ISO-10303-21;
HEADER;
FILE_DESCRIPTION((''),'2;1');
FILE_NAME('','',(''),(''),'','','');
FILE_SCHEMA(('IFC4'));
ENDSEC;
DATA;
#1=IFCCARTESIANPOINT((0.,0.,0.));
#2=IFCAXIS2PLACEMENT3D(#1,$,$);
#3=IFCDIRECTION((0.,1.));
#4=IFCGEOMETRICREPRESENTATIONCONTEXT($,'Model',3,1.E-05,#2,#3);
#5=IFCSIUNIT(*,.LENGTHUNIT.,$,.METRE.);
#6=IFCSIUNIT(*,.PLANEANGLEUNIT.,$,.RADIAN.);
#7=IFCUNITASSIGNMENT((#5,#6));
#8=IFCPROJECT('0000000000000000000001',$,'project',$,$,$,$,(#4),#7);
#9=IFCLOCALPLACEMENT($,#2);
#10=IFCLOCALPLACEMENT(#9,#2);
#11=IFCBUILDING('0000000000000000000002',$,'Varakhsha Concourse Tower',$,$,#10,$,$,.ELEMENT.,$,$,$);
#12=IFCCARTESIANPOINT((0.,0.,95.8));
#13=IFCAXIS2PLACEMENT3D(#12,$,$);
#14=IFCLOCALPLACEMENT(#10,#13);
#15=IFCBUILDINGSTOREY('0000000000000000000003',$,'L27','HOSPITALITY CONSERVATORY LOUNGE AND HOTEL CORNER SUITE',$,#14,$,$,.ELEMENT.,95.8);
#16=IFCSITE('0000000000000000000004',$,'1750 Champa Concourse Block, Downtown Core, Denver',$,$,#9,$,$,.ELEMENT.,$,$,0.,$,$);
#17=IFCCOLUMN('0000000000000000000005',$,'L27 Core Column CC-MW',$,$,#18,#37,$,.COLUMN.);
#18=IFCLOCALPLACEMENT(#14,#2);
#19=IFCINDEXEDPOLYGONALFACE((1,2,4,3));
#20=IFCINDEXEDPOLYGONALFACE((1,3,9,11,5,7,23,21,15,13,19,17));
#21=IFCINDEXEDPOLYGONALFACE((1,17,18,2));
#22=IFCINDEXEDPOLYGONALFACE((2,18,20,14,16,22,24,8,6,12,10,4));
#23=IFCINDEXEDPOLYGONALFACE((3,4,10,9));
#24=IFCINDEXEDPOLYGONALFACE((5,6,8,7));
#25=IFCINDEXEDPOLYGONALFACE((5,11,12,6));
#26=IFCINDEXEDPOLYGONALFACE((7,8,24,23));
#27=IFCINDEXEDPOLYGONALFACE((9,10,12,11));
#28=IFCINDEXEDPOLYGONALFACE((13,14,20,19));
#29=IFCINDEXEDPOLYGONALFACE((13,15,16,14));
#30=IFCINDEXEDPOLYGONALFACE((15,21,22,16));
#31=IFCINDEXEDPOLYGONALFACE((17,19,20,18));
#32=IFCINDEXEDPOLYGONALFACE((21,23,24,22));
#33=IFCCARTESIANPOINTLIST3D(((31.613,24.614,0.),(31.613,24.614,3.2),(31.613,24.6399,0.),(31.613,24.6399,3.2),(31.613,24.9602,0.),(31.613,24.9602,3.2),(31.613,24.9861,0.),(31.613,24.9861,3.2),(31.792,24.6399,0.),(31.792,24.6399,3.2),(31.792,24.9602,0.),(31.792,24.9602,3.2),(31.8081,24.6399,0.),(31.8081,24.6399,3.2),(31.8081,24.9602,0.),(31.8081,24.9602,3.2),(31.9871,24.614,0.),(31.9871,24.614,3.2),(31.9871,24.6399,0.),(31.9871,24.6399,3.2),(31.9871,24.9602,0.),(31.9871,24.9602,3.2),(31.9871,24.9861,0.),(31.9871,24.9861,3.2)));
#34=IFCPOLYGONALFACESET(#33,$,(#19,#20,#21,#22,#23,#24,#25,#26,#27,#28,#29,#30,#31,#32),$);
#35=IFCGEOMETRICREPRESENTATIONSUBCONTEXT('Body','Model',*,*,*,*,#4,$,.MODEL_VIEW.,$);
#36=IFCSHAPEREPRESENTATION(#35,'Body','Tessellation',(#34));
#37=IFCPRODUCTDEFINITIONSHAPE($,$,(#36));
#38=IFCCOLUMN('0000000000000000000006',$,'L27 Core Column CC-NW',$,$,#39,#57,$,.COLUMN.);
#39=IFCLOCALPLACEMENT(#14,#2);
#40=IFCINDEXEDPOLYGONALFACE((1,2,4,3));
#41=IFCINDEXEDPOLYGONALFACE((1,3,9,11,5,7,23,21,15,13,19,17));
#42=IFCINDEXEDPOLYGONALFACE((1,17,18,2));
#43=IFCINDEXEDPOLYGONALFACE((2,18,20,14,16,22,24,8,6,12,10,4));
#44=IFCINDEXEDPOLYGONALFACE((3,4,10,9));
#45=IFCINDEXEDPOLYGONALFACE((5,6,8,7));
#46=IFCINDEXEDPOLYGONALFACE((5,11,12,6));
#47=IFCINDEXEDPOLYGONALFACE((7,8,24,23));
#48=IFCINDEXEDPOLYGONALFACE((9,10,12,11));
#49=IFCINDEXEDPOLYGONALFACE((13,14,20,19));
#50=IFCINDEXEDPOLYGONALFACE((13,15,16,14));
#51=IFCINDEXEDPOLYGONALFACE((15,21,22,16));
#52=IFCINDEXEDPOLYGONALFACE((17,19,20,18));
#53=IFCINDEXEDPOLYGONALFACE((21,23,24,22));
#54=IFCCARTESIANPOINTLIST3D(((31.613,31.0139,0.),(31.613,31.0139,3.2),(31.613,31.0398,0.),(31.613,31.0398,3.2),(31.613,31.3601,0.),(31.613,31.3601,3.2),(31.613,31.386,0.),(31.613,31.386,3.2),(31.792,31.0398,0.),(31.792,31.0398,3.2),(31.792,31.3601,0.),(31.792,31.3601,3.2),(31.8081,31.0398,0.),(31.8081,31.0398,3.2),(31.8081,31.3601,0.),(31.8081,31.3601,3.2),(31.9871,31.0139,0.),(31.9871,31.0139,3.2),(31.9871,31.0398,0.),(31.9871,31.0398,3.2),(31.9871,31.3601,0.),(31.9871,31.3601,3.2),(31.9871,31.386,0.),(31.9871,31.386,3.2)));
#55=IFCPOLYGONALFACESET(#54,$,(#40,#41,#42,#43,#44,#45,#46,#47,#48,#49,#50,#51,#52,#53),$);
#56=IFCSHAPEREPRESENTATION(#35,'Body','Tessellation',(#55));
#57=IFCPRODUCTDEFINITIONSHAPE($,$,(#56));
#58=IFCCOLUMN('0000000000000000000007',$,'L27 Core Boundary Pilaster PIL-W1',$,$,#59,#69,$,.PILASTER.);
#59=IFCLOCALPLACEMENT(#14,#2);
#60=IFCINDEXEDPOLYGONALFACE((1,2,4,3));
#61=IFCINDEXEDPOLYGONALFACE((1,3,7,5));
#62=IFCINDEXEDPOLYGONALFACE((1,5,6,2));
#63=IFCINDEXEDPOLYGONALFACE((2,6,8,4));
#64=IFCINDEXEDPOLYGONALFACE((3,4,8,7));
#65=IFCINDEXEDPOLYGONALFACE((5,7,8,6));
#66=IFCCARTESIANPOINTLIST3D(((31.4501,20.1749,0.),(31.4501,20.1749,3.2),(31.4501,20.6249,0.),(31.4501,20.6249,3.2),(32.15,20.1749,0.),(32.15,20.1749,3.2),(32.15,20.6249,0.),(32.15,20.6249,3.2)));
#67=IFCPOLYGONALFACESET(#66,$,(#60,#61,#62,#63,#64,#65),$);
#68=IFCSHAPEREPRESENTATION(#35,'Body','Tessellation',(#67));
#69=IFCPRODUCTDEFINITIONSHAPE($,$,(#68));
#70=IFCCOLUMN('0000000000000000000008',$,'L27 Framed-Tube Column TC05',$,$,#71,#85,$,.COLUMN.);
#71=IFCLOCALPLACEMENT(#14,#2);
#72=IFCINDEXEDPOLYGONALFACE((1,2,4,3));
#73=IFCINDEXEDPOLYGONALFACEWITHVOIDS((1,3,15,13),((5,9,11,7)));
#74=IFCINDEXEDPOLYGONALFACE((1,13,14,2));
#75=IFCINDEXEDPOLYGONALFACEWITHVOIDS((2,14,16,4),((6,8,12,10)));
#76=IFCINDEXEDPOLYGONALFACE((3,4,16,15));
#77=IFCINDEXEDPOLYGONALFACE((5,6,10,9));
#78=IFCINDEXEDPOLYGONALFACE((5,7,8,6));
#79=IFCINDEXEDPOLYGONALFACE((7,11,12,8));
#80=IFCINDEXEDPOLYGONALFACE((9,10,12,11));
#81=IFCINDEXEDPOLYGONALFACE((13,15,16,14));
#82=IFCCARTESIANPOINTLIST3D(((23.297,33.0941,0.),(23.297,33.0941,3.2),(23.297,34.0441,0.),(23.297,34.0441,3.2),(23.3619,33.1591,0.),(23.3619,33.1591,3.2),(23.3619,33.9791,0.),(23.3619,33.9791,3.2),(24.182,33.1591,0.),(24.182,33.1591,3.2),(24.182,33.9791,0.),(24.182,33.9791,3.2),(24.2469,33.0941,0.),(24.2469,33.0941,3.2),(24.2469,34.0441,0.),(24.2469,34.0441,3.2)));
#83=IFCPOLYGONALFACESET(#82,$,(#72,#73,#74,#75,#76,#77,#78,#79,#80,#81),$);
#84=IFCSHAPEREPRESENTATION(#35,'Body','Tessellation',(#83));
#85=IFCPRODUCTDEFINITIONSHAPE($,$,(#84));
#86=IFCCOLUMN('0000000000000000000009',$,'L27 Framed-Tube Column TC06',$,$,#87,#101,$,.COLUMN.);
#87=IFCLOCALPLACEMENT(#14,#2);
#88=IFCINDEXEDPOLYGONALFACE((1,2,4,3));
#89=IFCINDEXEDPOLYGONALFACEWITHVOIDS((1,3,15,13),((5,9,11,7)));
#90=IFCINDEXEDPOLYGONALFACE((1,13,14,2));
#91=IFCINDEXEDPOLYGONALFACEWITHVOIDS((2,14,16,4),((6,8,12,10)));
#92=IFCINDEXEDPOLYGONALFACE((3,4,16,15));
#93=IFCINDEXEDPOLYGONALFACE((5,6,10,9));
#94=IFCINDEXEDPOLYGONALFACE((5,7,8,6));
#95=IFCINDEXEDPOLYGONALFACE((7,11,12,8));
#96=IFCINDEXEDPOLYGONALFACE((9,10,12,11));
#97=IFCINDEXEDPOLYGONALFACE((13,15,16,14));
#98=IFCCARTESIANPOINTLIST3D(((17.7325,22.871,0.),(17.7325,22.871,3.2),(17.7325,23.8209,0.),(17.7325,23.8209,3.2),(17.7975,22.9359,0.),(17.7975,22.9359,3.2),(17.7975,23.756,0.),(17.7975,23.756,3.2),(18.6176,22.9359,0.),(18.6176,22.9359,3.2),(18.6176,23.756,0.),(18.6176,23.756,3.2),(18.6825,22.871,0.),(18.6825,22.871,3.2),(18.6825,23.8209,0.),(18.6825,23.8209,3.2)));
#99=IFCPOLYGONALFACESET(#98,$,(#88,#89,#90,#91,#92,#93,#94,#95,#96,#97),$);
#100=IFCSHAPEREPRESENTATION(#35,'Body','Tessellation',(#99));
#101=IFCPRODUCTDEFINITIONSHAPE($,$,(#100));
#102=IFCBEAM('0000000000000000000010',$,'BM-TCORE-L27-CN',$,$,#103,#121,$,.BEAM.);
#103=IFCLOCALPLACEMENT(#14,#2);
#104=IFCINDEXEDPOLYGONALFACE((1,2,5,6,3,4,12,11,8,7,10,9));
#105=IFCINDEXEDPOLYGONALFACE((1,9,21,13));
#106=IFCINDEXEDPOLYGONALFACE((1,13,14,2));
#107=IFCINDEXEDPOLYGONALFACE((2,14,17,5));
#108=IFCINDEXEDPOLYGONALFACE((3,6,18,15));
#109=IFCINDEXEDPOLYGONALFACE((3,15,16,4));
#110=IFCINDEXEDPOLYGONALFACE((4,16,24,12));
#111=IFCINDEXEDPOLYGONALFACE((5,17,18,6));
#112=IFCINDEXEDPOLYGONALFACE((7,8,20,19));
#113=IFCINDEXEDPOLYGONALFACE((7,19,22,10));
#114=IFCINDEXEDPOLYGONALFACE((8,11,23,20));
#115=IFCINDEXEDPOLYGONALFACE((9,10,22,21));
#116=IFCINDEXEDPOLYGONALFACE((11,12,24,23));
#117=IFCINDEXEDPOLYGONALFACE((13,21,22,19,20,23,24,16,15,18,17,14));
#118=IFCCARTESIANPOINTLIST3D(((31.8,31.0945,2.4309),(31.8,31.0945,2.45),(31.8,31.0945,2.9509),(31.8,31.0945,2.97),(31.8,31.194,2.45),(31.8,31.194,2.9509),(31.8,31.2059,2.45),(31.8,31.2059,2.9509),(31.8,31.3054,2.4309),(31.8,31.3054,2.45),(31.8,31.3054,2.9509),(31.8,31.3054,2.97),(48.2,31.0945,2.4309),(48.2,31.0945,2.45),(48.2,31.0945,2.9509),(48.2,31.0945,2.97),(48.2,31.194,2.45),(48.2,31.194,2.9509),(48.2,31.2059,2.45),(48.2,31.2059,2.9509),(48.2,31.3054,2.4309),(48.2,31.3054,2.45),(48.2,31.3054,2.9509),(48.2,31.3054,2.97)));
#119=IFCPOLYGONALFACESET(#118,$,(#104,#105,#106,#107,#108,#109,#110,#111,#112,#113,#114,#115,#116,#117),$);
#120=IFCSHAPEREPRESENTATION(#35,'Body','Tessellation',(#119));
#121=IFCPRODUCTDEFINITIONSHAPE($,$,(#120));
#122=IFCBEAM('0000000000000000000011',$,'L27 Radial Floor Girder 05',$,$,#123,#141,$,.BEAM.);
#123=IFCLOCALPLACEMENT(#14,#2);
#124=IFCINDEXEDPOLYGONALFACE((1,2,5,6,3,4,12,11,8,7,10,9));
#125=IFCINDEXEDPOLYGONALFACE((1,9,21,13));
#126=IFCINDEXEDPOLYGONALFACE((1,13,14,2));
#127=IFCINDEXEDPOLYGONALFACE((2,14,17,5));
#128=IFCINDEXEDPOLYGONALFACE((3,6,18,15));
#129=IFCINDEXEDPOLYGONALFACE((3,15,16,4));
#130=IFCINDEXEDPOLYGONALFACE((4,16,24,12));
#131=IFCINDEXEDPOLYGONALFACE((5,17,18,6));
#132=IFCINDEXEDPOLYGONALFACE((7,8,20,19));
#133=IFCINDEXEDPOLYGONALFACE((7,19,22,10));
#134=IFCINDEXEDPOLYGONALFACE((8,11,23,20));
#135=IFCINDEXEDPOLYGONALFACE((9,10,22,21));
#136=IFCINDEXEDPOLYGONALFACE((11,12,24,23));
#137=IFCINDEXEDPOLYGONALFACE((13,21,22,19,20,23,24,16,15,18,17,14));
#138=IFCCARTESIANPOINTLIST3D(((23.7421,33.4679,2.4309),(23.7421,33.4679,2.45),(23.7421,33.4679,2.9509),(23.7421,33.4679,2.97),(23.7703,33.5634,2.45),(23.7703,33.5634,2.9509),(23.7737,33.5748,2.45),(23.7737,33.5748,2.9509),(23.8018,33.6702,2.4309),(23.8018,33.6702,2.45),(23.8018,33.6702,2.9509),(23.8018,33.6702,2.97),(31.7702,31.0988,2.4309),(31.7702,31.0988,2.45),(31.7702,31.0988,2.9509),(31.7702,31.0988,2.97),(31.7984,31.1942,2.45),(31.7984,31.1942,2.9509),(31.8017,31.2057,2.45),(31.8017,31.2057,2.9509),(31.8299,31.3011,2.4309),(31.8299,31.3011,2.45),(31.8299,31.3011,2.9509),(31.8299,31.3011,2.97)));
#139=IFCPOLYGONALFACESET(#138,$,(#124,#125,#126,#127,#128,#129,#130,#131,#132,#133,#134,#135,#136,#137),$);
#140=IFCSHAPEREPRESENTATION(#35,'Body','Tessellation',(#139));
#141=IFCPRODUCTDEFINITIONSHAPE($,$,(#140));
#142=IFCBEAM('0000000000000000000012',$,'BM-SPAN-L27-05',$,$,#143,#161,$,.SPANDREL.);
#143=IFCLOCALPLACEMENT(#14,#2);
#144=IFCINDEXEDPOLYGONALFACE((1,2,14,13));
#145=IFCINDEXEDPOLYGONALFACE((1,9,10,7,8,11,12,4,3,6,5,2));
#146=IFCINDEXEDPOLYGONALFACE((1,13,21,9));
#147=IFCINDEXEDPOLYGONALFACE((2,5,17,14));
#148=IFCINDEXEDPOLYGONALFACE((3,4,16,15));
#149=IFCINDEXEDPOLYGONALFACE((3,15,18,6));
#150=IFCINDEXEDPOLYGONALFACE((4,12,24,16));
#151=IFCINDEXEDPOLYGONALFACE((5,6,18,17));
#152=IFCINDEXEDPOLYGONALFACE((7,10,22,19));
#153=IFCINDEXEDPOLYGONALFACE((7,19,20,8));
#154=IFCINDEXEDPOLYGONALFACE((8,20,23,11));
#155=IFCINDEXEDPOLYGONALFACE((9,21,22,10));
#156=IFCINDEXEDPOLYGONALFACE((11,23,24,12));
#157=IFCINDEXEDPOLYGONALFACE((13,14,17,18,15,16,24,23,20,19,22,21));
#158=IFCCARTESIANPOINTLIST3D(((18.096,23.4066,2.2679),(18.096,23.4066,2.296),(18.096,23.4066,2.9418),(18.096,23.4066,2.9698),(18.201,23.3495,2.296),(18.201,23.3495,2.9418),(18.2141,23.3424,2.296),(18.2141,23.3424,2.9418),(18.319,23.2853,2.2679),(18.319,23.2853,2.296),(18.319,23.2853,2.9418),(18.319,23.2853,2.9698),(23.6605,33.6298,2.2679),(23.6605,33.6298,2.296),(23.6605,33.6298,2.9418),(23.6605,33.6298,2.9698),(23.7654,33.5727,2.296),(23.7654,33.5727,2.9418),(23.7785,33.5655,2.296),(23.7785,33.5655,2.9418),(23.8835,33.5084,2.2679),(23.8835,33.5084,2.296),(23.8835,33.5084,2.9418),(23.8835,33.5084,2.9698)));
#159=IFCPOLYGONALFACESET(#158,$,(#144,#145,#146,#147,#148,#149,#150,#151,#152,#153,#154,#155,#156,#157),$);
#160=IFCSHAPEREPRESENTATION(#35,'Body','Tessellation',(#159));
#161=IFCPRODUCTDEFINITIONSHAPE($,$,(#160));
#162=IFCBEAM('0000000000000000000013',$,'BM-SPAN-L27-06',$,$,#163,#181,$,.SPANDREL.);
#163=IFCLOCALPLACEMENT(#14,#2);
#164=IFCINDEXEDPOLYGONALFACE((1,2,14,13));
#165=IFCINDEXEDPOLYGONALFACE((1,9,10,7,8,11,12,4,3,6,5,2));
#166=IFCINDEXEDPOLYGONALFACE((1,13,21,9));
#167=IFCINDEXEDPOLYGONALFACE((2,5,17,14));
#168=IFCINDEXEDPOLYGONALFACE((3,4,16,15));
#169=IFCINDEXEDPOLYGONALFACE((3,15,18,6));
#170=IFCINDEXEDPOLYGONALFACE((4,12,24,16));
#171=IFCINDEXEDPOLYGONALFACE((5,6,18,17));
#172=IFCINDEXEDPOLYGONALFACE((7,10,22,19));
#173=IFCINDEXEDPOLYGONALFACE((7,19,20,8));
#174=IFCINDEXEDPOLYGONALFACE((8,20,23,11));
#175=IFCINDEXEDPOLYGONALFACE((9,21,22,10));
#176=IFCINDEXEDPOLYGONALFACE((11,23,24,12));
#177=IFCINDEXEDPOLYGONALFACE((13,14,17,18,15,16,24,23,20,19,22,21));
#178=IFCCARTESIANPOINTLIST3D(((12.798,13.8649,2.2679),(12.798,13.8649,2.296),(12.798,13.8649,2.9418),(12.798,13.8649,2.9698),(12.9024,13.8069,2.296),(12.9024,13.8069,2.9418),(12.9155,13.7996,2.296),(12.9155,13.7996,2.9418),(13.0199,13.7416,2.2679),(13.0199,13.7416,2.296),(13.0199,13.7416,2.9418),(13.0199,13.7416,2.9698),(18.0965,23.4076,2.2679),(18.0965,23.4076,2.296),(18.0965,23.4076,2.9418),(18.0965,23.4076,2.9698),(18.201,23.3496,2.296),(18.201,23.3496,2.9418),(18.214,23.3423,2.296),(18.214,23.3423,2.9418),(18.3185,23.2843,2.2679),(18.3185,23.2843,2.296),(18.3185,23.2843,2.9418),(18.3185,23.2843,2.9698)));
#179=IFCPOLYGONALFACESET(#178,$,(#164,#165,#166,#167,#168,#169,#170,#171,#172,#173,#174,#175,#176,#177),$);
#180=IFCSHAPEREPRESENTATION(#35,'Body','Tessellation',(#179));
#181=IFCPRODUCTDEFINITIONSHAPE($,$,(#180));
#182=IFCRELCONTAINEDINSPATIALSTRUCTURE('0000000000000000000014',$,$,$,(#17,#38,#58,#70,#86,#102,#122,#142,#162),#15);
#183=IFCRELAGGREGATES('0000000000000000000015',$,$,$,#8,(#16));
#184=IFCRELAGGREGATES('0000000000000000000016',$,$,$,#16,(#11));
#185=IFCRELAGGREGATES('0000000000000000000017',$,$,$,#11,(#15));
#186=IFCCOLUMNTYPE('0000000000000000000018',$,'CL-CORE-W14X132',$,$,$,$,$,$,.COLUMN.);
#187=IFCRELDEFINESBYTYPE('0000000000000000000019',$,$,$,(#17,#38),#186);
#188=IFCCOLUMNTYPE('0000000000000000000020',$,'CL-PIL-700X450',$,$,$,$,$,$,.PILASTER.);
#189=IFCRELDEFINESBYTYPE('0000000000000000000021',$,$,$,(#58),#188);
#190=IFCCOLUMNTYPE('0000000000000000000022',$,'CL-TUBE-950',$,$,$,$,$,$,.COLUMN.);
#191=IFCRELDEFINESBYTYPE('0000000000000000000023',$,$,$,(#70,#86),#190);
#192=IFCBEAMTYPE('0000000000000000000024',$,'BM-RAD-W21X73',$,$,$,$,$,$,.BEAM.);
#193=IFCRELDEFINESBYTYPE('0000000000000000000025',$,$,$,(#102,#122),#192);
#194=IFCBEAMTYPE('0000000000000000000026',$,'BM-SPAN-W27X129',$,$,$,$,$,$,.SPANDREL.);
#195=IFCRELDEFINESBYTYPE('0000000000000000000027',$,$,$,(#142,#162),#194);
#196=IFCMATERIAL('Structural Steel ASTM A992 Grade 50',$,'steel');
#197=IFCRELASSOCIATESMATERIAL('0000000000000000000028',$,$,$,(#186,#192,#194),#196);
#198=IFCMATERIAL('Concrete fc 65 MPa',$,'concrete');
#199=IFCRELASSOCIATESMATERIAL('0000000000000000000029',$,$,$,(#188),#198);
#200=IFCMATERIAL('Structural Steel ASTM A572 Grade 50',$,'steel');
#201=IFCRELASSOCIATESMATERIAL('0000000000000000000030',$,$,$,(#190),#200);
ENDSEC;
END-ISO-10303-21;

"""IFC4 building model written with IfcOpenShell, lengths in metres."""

from ifc_helpers import new_model, si_unit, direction, frame, origin, origin_2d, place, context, subcontext, project, spatial, rectangle, hollow_rectangle, i_section, extrude, material, material_profile, profile_set, type_object, element, save


model = new_model("IFC4")

# Units and contexts
model_context = context("Model", 3, precision=1e-05, world=origin(), true_north=direction((0.0, 1.0)))
body_context = subcontext(model_context, "Body", "Model", "MODEL_VIEW")
ifc_project = project(units=[si_unit("LENGTHUNIT", "METRE"), si_unit("PLANEANGLEUNIT", "RADIAN")], contexts=[model_context])

# Site, building, storey
site_placement = place(None, origin())
site = spatial("IfcSite", under=ifc_project, at=site_placement, Name="1750 Champa Concourse Block, Downtown Core, Denver", CompositionType="ELEMENT", RefElevation=0.0)
building_placement = place(site_placement, origin())
building = spatial("IfcBuilding", under=site, at=building_placement, Name="Varakhsha Concourse Tower", CompositionType="ELEMENT")
storey_placement = place(building_placement, frame((0.0, 0.0, 95.8)))
storey = spatial("IfcBuildingStorey", under=building, at=storey_placement, Name="L27", Description="HOSPITALITY CONSERVATORY LOUNGE AND HOTEL CORNER SUITE", CompositionType="ELEMENT", Elevation=95.8)

# Columns
ifc_material_1 = material(Name="Structural Steel ASTM A992 Grade 50", Category="steel")
ifc_material_profile_1 = material_profile(ifc_material_1, i_section(OverallWidth=0.374, OverallDepth=0.3721, WebThickness=0.0161, FlangeThickness=0.0259, at=origin_2d()), Name="W14X132")
ifc_profile_set_1 = profile_set([ifc_material_profile_1], Name="Structural Steel ASTM A992 Grade 50")
column_type_1 = type_object("IfcColumnType", Name="CL-CORE-W14X132", PredefinedType="COLUMN", material=ifc_profile_set_1)
for number, where, z_axis, x_axis, name in (
    (1, (31.8, 24.8, 0.0), (0.0, 0.0, 1.0), (1.0, 0.0, 0.0), "L27 Core Column CC-MW"),
    (2, (31.8, 31.2, 0.0), (0.0, 0.0, 1.0), (1.0, 0.0, 0.0), "L27 Core Column CC-NW"),
):
    element("IfcColumn", number, at=place(storey_placement, frame(where, z_axis=z_axis, x_axis=x_axis)), inside=storey, type_object=column_type_1, Name=name, PredefinedType="COLUMN", context=body_context, shape_type="SweptSolid", body=[
        extrude(i_section(OverallWidth=0.374, OverallDepth=0.3721, WebThickness=0.0161, FlangeThickness=0.0259, at=origin_2d()), origin(), (0.0, 0.0, 1.0), 3.2),
    ])
ifc_material_2 = material(Name="Concrete fc 65 MPa", Category="concrete")
ifc_material_profile_2 = material_profile(ifc_material_2, rectangle(XDim=0.7, YDim=0.45, at=origin_2d()), Name="RC 700x450")
ifc_profile_set_2 = profile_set([ifc_material_profile_2], Name="Concrete fc 65 MPa")
column_type_2 = type_object("IfcColumnType", Name="CL-PIL-700X450", PredefinedType="PILASTER", material=ifc_profile_set_2)
column_placement = place(storey_placement, frame((31.8, 20.3999, 0.0), z_axis=(0.0, 0.0, 1.0), x_axis=(1.0, 0.0, 0.0)))
element("IfcColumn", 3, at=column_placement, inside=storey, type_object=column_type_2, Name="L27 Core Boundary Pilaster PIL-W1", PredefinedType="PILASTER", context=body_context, shape_type="SweptSolid", body=[
    extrude(rectangle(XDim=0.7, YDim=0.45, at=origin_2d()), origin(), (0.0, 0.0, 1.0), 3.2),
])
ifc_material_3 = material(Name="Structural Steel ASTM A572 Grade 50", Category="steel")
ifc_material_profile_3 = material_profile(ifc_material_3, hollow_rectangle(XDim=0.95, YDim=0.95, WallThickness=0.0649, at=origin_2d()), Name="BOX 950x950x65")
ifc_profile_set_3 = profile_set([ifc_material_profile_3], Name="Structural Steel ASTM A572 Grade 50")
column_type_3 = type_object("IfcColumnType", Name="CL-TUBE-950", PredefinedType="COLUMN", material=ifc_profile_set_3)
for number, where, z_axis, x_axis, name in (
    (4, (23.772, 33.5691, 0.0), (0.0, 0.0, 1.0), (1.0, 0.0, 0.0), "L27 Framed-Tube Column TC05"),
    (5, (18.2075, 23.3459, 0.0), (0.0, 0.0, 1.0), (1.0, 0.0, 0.0), "L27 Framed-Tube Column TC06"),
):
    element("IfcColumn", number, at=place(storey_placement, frame(where, z_axis=z_axis, x_axis=x_axis)), inside=storey, type_object=column_type_3, Name=name, PredefinedType="COLUMN", context=body_context, shape_type="SweptSolid", body=[
        extrude(hollow_rectangle(XDim=0.95, YDim=0.95, WallThickness=0.0649, at=origin_2d()), origin(), (0.0, 0.0, 1.0), 3.2),
    ])

# Beams
ifc_material_profile_4 = material_profile(ifc_material_1, i_section(OverallWidth=0.2109, OverallDepth=0.5391, WebThickness=0.012, FlangeThickness=0.019, at=origin_2d()), Name="W21X73")
ifc_profile_set_4 = profile_set([ifc_material_profile_4], Name="Structural Steel ASTM A992 Grade 50")
beam_type_1 = type_object("IfcBeamType", Name="BM-RAD-W21X73", PredefinedType="BEAM", material=ifc_profile_set_4)
beam_1_placement = place(storey_placement, frame((31.8, 31.2, 2.7004), z_axis=(1.0, 0.0, 0.0), x_axis=(0.0, 1.0, 0.0)))
element("IfcBeam", 6, at=beam_1_placement, inside=storey, type_object=beam_type_1, Name="BM-TCORE-L27-CN", PredefinedType="BEAM", context=body_context, shape_type="SweptSolid", body=[
    extrude(i_section(OverallWidth=0.2109, OverallDepth=0.5391, WebThickness=0.012, FlangeThickness=0.019, at=origin_2d()), origin(), (0.0, 0.0, 1.0), 16.3999),
])
beam_2_placement = place(storey_placement, frame((31.8, 31.2, 2.7004), z_axis=(-0.959108, 0.283039, 0.0), x_axis=(-0.283039, -0.959108, 0.0)))
element("IfcBeam", 7, at=beam_2_placement, inside=storey, type_object=beam_type_1, Name="L27 Radial Floor Girder 05", PredefinedType="BEAM", context=body_context, shape_type="SweptSolid", body=[
    extrude(i_section(OverallWidth=0.2109, OverallDepth=0.5391, WebThickness=0.012, FlangeThickness=0.019, at=origin_2d()), origin(), (0.0, 0.0, 1.0), 8.3704),
])
ifc_material_profile_5 = material_profile(ifc_material_1, i_section(OverallWidth=0.2539, OverallDepth=0.7019, WebThickness=0.0149, FlangeThickness=0.0281, at=origin_2d()), Name="W27X129")
ifc_profile_set_5 = profile_set([ifc_material_profile_5], Name="Structural Steel ASTM A992 Grade 50")
beam_type_2 = type_object("IfcBeamType", Name="BM-SPAN-W27X129", PredefinedType="SPANDREL", material=ifc_profile_set_5)
beam_3_placement = place(storey_placement, frame((23.772, 33.5691, 2.6189), z_axis=(-0.47807, -0.878322, 0.0), x_axis=(0.878322, -0.47807, 0.0)))
element("IfcBeam", 8, at=beam_3_placement, inside=storey, type_object=beam_type_2, Name="BM-SPAN-L27-05", PredefinedType="SPANDREL", context=body_context, shape_type="SweptSolid", body=[
    extrude(i_section(OverallWidth=0.2539, OverallDepth=0.7019, WebThickness=0.0149, FlangeThickness=0.0281, at=origin_2d()), origin(), (0.0, 0.0, 1.0), 11.6394),
])
beam_4_placement = place(storey_placement, frame((18.2075, 23.3459, 2.6189), z_axis=(-0.485438, -0.874271, 0.0), x_axis=(0.874271, -0.485438, 0.0)))
element("IfcBeam", 9, at=beam_4_placement, inside=storey, type_object=beam_type_2, Name="BM-SPAN-L27-06", PredefinedType="SPANDREL", context=body_context, shape_type="SweptSolid", body=[
    extrude(i_section(OverallWidth=0.2539, OverallDepth=0.7019, WebThickness=0.0149, FlangeThickness=0.0281, at=origin_2d()), origin(), (0.0, 0.0, 1.0), 10.915),
])

save(model, "model.ifc")
